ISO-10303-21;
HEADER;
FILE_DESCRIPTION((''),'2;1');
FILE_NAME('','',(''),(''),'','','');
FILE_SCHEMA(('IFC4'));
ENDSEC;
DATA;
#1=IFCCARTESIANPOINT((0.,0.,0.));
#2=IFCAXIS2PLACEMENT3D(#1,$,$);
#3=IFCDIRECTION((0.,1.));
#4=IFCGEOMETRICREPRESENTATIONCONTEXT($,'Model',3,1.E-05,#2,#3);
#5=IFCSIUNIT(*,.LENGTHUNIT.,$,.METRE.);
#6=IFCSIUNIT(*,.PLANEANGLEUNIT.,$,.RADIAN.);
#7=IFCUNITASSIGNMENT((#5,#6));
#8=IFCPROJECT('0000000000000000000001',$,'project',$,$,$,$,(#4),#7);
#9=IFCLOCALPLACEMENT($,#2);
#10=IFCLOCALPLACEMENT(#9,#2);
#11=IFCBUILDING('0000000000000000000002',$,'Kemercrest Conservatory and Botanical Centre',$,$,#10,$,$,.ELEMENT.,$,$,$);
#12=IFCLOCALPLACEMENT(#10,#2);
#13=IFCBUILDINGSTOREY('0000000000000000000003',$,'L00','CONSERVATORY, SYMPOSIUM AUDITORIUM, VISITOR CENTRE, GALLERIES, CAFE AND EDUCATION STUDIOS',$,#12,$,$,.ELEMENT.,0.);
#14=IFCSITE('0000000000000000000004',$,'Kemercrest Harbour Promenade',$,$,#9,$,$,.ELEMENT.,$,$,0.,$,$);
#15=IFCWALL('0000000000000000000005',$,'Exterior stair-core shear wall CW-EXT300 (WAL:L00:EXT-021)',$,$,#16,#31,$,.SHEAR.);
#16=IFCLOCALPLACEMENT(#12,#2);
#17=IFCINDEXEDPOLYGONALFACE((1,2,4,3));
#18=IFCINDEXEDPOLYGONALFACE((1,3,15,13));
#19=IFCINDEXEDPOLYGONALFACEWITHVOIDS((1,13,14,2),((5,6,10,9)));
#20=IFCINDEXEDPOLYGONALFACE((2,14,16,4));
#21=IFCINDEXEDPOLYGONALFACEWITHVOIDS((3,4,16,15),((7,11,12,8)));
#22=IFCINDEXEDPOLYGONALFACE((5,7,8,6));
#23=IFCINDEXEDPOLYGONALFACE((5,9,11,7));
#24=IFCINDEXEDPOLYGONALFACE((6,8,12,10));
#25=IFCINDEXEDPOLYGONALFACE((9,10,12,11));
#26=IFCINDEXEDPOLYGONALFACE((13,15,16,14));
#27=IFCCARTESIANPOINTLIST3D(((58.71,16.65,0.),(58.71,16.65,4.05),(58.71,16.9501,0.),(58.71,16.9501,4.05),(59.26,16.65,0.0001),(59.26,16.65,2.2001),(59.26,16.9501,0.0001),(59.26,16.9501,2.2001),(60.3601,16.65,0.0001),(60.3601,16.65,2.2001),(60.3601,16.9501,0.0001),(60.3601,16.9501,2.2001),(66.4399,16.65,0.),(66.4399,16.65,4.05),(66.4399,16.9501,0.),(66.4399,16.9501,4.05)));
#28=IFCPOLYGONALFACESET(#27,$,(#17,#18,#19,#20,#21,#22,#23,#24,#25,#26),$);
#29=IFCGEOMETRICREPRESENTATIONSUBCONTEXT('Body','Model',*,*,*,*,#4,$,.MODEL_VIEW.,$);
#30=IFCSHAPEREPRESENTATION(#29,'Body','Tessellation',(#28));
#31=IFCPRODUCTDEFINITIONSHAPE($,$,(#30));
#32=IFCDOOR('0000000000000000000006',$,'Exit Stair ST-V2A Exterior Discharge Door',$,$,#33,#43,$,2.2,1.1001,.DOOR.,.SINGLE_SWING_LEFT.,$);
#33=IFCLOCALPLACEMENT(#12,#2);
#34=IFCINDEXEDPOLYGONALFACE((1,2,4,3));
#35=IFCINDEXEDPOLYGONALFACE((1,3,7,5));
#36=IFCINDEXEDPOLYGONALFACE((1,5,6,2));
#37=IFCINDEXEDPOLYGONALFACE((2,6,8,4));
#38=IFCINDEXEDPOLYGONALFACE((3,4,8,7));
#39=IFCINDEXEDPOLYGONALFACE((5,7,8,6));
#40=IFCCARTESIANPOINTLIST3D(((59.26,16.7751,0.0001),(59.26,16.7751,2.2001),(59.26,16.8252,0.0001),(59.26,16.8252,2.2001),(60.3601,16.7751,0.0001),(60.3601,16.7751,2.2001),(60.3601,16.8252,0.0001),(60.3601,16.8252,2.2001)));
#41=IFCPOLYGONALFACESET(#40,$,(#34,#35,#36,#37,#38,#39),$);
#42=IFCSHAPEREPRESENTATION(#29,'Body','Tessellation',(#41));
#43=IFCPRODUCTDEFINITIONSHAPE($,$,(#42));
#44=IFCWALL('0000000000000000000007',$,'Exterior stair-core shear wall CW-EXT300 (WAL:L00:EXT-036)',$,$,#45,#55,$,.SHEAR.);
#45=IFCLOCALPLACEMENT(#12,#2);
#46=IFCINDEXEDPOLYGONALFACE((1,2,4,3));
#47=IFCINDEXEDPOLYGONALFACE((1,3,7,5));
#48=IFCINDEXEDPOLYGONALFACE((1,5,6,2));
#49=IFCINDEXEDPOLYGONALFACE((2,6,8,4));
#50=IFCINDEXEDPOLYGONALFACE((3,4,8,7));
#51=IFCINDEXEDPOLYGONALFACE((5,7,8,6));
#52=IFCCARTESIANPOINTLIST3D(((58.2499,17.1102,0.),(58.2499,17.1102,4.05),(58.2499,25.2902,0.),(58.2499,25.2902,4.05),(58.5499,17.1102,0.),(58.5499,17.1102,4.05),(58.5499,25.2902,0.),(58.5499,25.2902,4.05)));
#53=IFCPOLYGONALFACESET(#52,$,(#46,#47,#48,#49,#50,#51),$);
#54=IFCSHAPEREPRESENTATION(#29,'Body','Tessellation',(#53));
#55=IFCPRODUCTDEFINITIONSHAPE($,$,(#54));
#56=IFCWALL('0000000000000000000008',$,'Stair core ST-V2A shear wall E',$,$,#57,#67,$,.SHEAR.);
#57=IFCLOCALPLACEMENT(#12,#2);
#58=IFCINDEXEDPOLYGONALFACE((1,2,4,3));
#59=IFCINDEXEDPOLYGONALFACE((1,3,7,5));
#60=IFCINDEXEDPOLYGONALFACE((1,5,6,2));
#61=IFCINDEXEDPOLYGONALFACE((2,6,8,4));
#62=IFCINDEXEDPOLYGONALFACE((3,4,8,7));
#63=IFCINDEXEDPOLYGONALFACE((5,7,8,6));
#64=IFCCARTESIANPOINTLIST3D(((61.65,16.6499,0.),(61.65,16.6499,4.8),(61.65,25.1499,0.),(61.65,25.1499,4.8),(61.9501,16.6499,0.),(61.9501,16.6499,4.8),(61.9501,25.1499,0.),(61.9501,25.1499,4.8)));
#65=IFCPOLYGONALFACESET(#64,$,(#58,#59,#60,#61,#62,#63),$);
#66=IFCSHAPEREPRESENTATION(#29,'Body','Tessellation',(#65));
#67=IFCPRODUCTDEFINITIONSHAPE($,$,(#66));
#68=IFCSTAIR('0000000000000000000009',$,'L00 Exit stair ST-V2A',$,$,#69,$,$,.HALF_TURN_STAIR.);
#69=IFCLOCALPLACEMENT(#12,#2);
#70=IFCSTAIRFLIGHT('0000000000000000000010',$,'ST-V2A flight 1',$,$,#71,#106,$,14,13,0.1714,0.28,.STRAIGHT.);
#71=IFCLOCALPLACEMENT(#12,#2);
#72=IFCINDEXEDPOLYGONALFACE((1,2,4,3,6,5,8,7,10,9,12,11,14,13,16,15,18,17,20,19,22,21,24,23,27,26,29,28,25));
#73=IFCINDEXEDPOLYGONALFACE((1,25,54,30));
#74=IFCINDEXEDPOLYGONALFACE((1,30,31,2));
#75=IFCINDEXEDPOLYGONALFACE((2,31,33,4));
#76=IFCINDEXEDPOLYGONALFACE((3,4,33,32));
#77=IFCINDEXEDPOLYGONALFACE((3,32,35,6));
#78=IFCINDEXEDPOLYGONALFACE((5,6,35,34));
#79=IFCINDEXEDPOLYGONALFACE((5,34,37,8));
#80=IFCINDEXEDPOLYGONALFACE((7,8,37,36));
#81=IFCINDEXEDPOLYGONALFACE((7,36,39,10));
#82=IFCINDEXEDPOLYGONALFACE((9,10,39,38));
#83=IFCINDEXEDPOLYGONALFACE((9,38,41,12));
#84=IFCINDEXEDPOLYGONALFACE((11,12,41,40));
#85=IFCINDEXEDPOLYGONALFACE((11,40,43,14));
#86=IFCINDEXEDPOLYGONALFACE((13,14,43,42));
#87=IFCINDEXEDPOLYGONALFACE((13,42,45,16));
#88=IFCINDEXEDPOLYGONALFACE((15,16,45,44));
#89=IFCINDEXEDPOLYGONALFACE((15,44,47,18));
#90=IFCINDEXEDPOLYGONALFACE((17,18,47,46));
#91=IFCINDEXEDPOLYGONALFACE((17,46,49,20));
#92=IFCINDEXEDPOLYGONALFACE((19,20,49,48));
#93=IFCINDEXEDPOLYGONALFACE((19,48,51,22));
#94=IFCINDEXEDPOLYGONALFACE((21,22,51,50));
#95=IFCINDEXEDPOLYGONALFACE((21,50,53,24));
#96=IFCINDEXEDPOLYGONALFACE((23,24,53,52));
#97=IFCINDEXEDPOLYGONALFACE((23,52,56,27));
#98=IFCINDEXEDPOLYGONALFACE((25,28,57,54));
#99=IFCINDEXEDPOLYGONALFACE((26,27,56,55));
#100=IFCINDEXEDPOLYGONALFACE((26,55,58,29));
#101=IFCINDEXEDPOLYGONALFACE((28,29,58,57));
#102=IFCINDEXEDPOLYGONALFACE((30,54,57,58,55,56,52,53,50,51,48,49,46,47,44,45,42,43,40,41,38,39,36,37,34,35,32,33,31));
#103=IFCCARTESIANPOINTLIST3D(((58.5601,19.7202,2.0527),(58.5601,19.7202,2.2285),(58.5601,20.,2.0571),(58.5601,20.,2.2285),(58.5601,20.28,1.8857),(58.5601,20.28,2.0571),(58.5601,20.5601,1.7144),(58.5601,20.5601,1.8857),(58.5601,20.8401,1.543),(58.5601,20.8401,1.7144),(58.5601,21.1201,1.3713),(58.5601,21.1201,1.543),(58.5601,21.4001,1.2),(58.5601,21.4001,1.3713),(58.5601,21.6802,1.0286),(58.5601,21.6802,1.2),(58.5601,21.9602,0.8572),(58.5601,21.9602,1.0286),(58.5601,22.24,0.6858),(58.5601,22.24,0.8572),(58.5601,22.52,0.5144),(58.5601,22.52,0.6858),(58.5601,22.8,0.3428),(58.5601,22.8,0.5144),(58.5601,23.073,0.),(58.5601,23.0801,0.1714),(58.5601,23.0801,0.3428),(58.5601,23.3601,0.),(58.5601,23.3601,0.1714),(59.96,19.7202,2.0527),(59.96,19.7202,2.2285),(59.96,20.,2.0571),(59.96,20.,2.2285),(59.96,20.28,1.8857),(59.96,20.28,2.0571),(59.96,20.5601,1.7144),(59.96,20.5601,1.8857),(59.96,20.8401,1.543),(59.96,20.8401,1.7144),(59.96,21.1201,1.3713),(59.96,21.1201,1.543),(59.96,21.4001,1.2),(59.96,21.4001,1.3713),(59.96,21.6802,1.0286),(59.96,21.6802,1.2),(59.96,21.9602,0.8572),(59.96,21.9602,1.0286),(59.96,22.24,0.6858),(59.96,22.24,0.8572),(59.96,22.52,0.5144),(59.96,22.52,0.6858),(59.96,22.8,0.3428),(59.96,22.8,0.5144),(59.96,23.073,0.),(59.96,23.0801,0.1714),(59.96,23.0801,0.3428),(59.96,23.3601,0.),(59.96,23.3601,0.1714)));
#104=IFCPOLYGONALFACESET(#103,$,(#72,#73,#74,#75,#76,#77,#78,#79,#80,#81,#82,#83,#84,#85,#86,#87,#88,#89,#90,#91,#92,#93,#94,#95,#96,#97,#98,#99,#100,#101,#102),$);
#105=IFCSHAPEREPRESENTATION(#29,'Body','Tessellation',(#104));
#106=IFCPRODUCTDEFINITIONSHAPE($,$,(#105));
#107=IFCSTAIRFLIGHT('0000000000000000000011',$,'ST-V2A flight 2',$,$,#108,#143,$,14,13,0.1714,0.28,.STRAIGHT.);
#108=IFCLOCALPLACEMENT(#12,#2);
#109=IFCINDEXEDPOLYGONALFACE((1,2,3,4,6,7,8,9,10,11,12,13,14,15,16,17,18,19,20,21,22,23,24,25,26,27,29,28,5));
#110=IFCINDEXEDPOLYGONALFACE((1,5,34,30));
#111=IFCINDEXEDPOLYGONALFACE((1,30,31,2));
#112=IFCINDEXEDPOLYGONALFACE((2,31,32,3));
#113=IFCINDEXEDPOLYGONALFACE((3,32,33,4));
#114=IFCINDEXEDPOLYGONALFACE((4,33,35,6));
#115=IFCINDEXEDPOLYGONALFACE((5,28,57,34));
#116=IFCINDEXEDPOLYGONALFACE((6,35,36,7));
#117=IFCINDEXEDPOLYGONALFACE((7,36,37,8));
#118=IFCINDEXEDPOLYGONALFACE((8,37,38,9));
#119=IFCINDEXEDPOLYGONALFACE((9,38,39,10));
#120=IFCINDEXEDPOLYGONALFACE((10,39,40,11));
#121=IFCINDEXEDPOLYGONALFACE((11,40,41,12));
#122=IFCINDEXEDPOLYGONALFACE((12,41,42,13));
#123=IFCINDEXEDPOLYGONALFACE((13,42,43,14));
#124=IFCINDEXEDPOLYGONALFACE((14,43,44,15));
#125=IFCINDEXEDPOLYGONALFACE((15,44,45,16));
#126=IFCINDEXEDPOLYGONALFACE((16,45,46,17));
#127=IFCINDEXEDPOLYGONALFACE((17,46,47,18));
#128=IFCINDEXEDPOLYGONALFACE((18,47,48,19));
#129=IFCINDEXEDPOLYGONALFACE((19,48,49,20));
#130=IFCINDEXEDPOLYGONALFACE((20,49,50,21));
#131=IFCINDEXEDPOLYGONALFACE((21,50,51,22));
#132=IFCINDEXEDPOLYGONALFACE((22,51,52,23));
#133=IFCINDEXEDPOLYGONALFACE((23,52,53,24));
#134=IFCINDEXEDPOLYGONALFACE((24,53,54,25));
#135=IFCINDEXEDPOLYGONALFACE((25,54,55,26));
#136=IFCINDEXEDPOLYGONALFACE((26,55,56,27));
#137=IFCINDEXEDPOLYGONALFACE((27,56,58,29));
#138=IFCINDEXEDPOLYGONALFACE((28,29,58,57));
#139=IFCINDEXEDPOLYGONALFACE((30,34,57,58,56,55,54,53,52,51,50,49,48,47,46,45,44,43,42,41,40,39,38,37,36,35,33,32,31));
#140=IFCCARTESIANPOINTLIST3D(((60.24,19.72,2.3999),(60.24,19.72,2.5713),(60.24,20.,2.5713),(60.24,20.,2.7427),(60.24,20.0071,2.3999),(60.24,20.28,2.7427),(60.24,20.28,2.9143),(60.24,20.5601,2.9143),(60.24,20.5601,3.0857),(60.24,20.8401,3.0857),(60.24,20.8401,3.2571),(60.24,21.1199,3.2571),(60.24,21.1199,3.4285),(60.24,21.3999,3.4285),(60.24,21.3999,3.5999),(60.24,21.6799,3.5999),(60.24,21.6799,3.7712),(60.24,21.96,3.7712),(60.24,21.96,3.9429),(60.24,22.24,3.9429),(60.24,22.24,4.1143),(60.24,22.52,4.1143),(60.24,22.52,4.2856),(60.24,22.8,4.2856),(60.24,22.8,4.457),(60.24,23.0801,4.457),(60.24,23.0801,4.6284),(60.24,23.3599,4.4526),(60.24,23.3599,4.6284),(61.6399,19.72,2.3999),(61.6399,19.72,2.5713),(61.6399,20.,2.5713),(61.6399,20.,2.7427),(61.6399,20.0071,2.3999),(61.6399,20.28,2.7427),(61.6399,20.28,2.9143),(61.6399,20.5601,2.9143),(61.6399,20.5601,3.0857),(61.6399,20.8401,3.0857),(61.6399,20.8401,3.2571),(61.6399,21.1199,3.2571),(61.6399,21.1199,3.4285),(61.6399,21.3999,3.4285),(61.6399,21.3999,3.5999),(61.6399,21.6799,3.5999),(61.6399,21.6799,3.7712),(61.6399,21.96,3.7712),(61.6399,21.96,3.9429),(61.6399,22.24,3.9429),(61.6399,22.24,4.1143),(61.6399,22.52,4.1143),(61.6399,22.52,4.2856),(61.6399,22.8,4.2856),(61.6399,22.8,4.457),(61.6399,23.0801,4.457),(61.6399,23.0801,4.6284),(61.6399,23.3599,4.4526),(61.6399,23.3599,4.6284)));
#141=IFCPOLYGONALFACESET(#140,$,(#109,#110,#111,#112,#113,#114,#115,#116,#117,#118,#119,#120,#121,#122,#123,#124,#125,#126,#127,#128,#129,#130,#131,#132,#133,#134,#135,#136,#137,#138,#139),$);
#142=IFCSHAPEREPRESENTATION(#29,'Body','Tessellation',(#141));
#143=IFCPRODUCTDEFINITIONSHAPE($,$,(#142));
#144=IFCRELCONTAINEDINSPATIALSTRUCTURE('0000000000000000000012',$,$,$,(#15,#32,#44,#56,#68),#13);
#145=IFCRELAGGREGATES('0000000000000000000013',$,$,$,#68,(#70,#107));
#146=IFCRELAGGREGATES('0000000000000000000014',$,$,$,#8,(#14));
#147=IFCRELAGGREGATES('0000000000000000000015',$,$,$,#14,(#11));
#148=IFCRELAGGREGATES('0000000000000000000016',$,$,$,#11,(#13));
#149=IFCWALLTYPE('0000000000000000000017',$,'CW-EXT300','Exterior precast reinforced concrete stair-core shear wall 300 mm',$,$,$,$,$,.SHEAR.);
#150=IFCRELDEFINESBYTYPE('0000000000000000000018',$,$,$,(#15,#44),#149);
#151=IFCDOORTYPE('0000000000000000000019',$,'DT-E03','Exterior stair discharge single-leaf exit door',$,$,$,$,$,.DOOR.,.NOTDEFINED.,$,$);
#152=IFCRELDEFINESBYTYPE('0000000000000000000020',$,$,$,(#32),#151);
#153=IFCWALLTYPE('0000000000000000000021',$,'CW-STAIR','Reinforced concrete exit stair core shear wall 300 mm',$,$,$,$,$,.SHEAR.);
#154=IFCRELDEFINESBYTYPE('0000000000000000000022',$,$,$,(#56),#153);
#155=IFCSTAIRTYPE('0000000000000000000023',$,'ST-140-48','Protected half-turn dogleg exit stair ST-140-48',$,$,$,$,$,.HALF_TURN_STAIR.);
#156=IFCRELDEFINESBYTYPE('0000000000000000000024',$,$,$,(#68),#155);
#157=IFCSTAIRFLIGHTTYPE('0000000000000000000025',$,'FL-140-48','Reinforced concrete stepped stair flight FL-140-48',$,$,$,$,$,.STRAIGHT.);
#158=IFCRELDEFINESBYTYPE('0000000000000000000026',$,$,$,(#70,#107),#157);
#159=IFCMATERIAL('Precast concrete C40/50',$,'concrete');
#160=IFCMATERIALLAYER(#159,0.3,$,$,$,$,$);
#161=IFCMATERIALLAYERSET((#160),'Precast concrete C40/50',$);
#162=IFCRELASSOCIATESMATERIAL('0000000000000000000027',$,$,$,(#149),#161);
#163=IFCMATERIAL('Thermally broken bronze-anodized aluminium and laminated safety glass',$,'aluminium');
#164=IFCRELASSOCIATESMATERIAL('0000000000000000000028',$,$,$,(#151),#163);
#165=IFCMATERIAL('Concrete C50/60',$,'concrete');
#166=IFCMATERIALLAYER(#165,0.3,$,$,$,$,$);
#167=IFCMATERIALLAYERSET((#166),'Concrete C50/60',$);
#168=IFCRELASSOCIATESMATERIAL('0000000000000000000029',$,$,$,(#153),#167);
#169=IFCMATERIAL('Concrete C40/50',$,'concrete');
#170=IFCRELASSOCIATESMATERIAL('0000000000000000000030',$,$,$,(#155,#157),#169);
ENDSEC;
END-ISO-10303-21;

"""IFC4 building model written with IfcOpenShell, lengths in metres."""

from ifc_helpers import new_model, si_unit, direction, frame, frame_2d, origin, place, context, subcontext, project, spatial, polyline, rectangle, outline, extrude, material, layer, layer_set, type_object, element, fill, aggregate, save


model = new_model("IFC4")

# Units and contexts
model_context = context("Model", 3, precision=1e-05, world=origin(), true_north=direction((0.0, 1.0)))
body_context = subcontext(model_context, "Body", "Model", "MODEL_VIEW")
ifc_project = project(units=[si_unit("LENGTHUNIT", "METRE"), si_unit("PLANEANGLEUNIT", "RADIAN")], contexts=[model_context])

# Site, building, storey
site_placement = place(None, origin())
site = spatial("IfcSite", under=ifc_project, at=site_placement, Name="Kemercrest Harbour Promenade", CompositionType="ELEMENT", RefElevation=0.0)
building_placement = place(site_placement, origin())
building = spatial("IfcBuilding", under=site, at=building_placement, Name="Kemercrest Conservatory and Botanical Centre", CompositionType="ELEMENT")
storey_placement = place(building_placement, origin())
storey = spatial("IfcBuildingStorey", under=building, at=storey_placement, Name="L00", Description="CONSERVATORY, SYMPOSIUM AUDITORIUM, VISITOR CENTRE, GALLERIES, CAFE AND EDUCATION STUDIOS", CompositionType="ELEMENT", Elevation=0.0)

# Shared definitions
ifc_material_1 = material(Name="Concrete C40/50", Category="concrete")
ifc_material_2 = material(Name="Precast concrete C40/50", Category="concrete")

# Wall, opening, door
ifc_layer_1 = layer(ifc_material_2, 0.3)
ifc_layer_set_1 = layer_set([ifc_layer_1], Name="Precast concrete C40/50")
wall_type_1 = type_object("IfcWallType", Name="CW-EXT300", Description="Exterior precast reinforced concrete stair-core shear wall 300 mm", PredefinedType="SHEAR", material=ifc_layer_set_1)
wall_1_placement = place(storey_placement, frame((58.71, 16.8, 0.0), z_axis=(0.0, 0.0, 1.0), x_axis=(1.0, 0.0, 0.0)))
wall_1 = element("IfcWall", 1, at=wall_1_placement, inside=storey, type_object=wall_type_1, Name="Exterior stair-core shear wall CW-EXT300 (WAL:L00:EXT-021)", PredefinedType="SHEAR", context=body_context, shape_type="SweptSolid", body=[
    extrude(rectangle(XDim=7.73, YDim=0.3, at=frame_2d((3.865, 0.0))), origin(), (0.0, 0.0, 1.0), 4.05),
])
opening_placement = place(wall_1_placement, frame((0.55, 0.0, 0.0)))
opening = element("IfcOpeningElement", 2, at=opening_placement, cuts=wall_1, PredefinedType="OPENING", context=body_context, shape_type="SweptSolid", body=[
    extrude(rectangle(XDim=1.1001, YDim=2.2, at=frame_2d((0.55, 1.1001))), frame((0.0, 0.1602, 0.0), z_axis=(0.0, -1.0, 0.0), x_axis=(1.0, 0.0, 0.0)), (0.0, 0.0, 1.0), 0.3201),
])
ifc_material_3 = material(Name="Thermally broken bronze-anodized aluminium and laminated safety glass", Category="aluminium")
door_type = type_object("IfcDoorType", Name="DT-E03", Description="Exterior stair discharge single-leaf exit door", OperationType="NOTDEFINED", PredefinedType="DOOR", material=ifc_material_3)
door_placement = place(opening_placement, frame((1.1001, 0.0, 0.0), z_axis=(0.0, 0.0, 1.0), x_axis=(-1.0, 0.0, 0.0)))
door = element("IfcDoor", 3, at=door_placement, inside=storey, type_object=door_type, Name="Exit Stair ST-V2A Exterior Discharge Door", OperationType="SINGLE_SWING_LEFT", OverallHeight=2.2, OverallWidth=1.1001, PredefinedType="DOOR", context=body_context, shape_type="SweptSolid", body=[
    extrude(rectangle(XDim=1.1001, YDim=2.2, at=frame_2d((0.55, 1.1001))), frame((0.0, 0.0249, 0.0), z_axis=(0.0, -1.0, 0.0), x_axis=(1.0, 0.0, 0.0)), (0.0, 0.0, 1.0), 0.05),
])
fill(opening, door)

# Walls
wall_2_placement = place(storey_placement, frame((58.3999, 25.29, 0.0), z_axis=(0.0, 0.0, 1.0), x_axis=(0.0, -1.0, 0.0)))
element("IfcWall", 4, at=wall_2_placement, inside=storey, type_object=wall_type_1, Name="Exterior stair-core shear wall CW-EXT300 (WAL:L00:EXT-036)", PredefinedType="SHEAR", context=body_context, shape_type="SweptSolid", body=[
    extrude(rectangle(XDim=8.1799, YDim=0.3, at=frame_2d((4.0898, 0.0))), origin(), (0.0, 0.0, 1.0), 4.05),
])
ifc_material_4 = material(Name="Concrete C50/60", Category="concrete")
ifc_layer_2 = layer(ifc_material_4, 0.3)
ifc_layer_set_2 = layer_set([ifc_layer_2], Name="Concrete C50/60")
wall_type_2 = type_object("IfcWallType", Name="CW-STAIR", Description="Reinforced concrete exit stair core shear wall 300 mm", PredefinedType="SHEAR", material=ifc_layer_set_2)
wall_3_placement = place(storey_placement, frame((61.8, 16.6499, 0.0), z_axis=(0.0, 0.0, 1.0), x_axis=(0.0, 1.0, 0.0)))
element("IfcWall", 5, at=wall_3_placement, inside=storey, type_object=wall_type_2, Name="Stair core ST-V2A shear wall E", PredefinedType="SHEAR", context=body_context, shape_type="SweptSolid", body=[
    extrude(rectangle(XDim=8.5, YDim=0.3, at=frame_2d((4.25, 0.0))), origin(), (0.0, 0.0, 1.0), 4.8),
])

# Stair, stair flights
stair_type = type_object("IfcStairType", Name="ST-140-48", Description="Protected half-turn dogleg exit stair ST-140-48", PredefinedType="HALF_TURN_STAIR", material=ifc_material_1)
stair_placement = place(storey_placement, origin())
stair = element("IfcStair", 6, at=stair_placement, inside=storey, type_object=stair_type, Name="L00 Exit stair ST-V2A", PredefinedType="HALF_TURN_STAIR")
stair_flight_type = type_object("IfcStairFlightType", Name="FL-140-48", Description="Reinforced concrete stepped stair flight FL-140-48", PredefinedType="STRAIGHT", material=ifc_material_1)
stair_flight_1_placement = place(storey_placement, frame((59.26, 23.3601, 0.0), z_axis=(0.0, 0.0, 1.0), x_axis=(0.0, -1.0, 0.0)))
stair_flight_1 = element("IfcStairFlight", 7, at=stair_flight_1_placement, type_object=stair_flight_type, Name="ST-V2A flight 1", NumberOfRisers=14, NumberOfTreads=13, PredefinedType="STRAIGHT", RiserHeight=0.1714, TreadLength=0.28, context=body_context, shape_type="SweptSolid", body=[
    extrude(outline(polyline([(0.0, 0.0), (0.0, 0.1714), (0.28, 0.1714), (0.28, 0.3428), (0.5601, 0.3428), (0.5601, 0.5144), (0.8401, 0.5144), (0.8401, 0.6858), (1.1201, 0.6858), (1.1201, 0.8572), (1.3999, 0.8572), (1.3999, 1.0286), (1.6799, 1.0286), (1.6799, 1.2), (1.96, 1.2), (1.96, 1.3713), (2.24, 1.3713), (2.24, 1.543), (2.52, 1.543), (2.52, 1.7144), (2.8, 1.7144), (2.8, 1.8857), (3.0801, 1.8857), (3.0801, 2.0571), (3.3601, 2.0571), (3.3601, 2.2285), (3.6399, 2.2285), (3.6399, 2.3999), (3.6399, 2.0527), (0.2871, 0.0), (0.0, 0.0)])), frame((0.0, 0.7, 0.0), z_axis=(0.0, -1.0, 0.0), x_axis=(1.0, 0.0, 0.0)), (0.0, 0.0, 1.0), 1.3999),
])
stair_flight_2_placement = place(storey_placement, frame((60.9399, 19.72, 2.3999), z_axis=(0.0, 0.0, 1.0), x_axis=(0.0, 1.0, 0.0)))
stair_flight_2 = element("IfcStairFlight", 8, at=stair_flight_2_placement, type_object=stair_flight_type, Name="ST-V2A flight 2", NumberOfRisers=14, NumberOfTreads=13, PredefinedType="STRAIGHT", RiserHeight=0.1714, TreadLength=0.28, context=body_context, shape_type="SweptSolid", body=[
    extrude(outline(polyline([(0.0, 0.0), (0.0, 0.1714), (0.28, 0.1714), (0.28, 0.3428), (0.5601, 0.3428), (0.5601, 0.5144), (0.8401, 0.5144), (0.8401, 0.6858), (1.1201, 0.6858), (1.1201, 0.8572), (1.3999, 0.8572), (1.3999, 1.0286), (1.6799, 1.0286), (1.6799, 1.2), (1.96, 1.2), (1.96, 1.3713), (2.24, 1.3713), (2.24, 1.543), (2.52, 1.543), (2.52, 1.7144), (2.8, 1.7144), (2.8, 1.8857), (3.0801, 1.8857), (3.0801, 2.0571), (3.3601, 2.0571), (3.3601, 2.2285), (3.6399, 2.2285), (3.6399, 2.3999), (3.6399, 2.0527), (0.2871, 0.0), (0.0, 0.0)])), frame((0.0, 0.7, 0.0), z_axis=(0.0, -1.0, 0.0), x_axis=(1.0, 0.0, 0.0)), (0.0, 0.0, 1.0), 1.3999),
])
aggregate(stair, [stair_flight_1, stair_flight_2])

save(model, "model.ifc")
